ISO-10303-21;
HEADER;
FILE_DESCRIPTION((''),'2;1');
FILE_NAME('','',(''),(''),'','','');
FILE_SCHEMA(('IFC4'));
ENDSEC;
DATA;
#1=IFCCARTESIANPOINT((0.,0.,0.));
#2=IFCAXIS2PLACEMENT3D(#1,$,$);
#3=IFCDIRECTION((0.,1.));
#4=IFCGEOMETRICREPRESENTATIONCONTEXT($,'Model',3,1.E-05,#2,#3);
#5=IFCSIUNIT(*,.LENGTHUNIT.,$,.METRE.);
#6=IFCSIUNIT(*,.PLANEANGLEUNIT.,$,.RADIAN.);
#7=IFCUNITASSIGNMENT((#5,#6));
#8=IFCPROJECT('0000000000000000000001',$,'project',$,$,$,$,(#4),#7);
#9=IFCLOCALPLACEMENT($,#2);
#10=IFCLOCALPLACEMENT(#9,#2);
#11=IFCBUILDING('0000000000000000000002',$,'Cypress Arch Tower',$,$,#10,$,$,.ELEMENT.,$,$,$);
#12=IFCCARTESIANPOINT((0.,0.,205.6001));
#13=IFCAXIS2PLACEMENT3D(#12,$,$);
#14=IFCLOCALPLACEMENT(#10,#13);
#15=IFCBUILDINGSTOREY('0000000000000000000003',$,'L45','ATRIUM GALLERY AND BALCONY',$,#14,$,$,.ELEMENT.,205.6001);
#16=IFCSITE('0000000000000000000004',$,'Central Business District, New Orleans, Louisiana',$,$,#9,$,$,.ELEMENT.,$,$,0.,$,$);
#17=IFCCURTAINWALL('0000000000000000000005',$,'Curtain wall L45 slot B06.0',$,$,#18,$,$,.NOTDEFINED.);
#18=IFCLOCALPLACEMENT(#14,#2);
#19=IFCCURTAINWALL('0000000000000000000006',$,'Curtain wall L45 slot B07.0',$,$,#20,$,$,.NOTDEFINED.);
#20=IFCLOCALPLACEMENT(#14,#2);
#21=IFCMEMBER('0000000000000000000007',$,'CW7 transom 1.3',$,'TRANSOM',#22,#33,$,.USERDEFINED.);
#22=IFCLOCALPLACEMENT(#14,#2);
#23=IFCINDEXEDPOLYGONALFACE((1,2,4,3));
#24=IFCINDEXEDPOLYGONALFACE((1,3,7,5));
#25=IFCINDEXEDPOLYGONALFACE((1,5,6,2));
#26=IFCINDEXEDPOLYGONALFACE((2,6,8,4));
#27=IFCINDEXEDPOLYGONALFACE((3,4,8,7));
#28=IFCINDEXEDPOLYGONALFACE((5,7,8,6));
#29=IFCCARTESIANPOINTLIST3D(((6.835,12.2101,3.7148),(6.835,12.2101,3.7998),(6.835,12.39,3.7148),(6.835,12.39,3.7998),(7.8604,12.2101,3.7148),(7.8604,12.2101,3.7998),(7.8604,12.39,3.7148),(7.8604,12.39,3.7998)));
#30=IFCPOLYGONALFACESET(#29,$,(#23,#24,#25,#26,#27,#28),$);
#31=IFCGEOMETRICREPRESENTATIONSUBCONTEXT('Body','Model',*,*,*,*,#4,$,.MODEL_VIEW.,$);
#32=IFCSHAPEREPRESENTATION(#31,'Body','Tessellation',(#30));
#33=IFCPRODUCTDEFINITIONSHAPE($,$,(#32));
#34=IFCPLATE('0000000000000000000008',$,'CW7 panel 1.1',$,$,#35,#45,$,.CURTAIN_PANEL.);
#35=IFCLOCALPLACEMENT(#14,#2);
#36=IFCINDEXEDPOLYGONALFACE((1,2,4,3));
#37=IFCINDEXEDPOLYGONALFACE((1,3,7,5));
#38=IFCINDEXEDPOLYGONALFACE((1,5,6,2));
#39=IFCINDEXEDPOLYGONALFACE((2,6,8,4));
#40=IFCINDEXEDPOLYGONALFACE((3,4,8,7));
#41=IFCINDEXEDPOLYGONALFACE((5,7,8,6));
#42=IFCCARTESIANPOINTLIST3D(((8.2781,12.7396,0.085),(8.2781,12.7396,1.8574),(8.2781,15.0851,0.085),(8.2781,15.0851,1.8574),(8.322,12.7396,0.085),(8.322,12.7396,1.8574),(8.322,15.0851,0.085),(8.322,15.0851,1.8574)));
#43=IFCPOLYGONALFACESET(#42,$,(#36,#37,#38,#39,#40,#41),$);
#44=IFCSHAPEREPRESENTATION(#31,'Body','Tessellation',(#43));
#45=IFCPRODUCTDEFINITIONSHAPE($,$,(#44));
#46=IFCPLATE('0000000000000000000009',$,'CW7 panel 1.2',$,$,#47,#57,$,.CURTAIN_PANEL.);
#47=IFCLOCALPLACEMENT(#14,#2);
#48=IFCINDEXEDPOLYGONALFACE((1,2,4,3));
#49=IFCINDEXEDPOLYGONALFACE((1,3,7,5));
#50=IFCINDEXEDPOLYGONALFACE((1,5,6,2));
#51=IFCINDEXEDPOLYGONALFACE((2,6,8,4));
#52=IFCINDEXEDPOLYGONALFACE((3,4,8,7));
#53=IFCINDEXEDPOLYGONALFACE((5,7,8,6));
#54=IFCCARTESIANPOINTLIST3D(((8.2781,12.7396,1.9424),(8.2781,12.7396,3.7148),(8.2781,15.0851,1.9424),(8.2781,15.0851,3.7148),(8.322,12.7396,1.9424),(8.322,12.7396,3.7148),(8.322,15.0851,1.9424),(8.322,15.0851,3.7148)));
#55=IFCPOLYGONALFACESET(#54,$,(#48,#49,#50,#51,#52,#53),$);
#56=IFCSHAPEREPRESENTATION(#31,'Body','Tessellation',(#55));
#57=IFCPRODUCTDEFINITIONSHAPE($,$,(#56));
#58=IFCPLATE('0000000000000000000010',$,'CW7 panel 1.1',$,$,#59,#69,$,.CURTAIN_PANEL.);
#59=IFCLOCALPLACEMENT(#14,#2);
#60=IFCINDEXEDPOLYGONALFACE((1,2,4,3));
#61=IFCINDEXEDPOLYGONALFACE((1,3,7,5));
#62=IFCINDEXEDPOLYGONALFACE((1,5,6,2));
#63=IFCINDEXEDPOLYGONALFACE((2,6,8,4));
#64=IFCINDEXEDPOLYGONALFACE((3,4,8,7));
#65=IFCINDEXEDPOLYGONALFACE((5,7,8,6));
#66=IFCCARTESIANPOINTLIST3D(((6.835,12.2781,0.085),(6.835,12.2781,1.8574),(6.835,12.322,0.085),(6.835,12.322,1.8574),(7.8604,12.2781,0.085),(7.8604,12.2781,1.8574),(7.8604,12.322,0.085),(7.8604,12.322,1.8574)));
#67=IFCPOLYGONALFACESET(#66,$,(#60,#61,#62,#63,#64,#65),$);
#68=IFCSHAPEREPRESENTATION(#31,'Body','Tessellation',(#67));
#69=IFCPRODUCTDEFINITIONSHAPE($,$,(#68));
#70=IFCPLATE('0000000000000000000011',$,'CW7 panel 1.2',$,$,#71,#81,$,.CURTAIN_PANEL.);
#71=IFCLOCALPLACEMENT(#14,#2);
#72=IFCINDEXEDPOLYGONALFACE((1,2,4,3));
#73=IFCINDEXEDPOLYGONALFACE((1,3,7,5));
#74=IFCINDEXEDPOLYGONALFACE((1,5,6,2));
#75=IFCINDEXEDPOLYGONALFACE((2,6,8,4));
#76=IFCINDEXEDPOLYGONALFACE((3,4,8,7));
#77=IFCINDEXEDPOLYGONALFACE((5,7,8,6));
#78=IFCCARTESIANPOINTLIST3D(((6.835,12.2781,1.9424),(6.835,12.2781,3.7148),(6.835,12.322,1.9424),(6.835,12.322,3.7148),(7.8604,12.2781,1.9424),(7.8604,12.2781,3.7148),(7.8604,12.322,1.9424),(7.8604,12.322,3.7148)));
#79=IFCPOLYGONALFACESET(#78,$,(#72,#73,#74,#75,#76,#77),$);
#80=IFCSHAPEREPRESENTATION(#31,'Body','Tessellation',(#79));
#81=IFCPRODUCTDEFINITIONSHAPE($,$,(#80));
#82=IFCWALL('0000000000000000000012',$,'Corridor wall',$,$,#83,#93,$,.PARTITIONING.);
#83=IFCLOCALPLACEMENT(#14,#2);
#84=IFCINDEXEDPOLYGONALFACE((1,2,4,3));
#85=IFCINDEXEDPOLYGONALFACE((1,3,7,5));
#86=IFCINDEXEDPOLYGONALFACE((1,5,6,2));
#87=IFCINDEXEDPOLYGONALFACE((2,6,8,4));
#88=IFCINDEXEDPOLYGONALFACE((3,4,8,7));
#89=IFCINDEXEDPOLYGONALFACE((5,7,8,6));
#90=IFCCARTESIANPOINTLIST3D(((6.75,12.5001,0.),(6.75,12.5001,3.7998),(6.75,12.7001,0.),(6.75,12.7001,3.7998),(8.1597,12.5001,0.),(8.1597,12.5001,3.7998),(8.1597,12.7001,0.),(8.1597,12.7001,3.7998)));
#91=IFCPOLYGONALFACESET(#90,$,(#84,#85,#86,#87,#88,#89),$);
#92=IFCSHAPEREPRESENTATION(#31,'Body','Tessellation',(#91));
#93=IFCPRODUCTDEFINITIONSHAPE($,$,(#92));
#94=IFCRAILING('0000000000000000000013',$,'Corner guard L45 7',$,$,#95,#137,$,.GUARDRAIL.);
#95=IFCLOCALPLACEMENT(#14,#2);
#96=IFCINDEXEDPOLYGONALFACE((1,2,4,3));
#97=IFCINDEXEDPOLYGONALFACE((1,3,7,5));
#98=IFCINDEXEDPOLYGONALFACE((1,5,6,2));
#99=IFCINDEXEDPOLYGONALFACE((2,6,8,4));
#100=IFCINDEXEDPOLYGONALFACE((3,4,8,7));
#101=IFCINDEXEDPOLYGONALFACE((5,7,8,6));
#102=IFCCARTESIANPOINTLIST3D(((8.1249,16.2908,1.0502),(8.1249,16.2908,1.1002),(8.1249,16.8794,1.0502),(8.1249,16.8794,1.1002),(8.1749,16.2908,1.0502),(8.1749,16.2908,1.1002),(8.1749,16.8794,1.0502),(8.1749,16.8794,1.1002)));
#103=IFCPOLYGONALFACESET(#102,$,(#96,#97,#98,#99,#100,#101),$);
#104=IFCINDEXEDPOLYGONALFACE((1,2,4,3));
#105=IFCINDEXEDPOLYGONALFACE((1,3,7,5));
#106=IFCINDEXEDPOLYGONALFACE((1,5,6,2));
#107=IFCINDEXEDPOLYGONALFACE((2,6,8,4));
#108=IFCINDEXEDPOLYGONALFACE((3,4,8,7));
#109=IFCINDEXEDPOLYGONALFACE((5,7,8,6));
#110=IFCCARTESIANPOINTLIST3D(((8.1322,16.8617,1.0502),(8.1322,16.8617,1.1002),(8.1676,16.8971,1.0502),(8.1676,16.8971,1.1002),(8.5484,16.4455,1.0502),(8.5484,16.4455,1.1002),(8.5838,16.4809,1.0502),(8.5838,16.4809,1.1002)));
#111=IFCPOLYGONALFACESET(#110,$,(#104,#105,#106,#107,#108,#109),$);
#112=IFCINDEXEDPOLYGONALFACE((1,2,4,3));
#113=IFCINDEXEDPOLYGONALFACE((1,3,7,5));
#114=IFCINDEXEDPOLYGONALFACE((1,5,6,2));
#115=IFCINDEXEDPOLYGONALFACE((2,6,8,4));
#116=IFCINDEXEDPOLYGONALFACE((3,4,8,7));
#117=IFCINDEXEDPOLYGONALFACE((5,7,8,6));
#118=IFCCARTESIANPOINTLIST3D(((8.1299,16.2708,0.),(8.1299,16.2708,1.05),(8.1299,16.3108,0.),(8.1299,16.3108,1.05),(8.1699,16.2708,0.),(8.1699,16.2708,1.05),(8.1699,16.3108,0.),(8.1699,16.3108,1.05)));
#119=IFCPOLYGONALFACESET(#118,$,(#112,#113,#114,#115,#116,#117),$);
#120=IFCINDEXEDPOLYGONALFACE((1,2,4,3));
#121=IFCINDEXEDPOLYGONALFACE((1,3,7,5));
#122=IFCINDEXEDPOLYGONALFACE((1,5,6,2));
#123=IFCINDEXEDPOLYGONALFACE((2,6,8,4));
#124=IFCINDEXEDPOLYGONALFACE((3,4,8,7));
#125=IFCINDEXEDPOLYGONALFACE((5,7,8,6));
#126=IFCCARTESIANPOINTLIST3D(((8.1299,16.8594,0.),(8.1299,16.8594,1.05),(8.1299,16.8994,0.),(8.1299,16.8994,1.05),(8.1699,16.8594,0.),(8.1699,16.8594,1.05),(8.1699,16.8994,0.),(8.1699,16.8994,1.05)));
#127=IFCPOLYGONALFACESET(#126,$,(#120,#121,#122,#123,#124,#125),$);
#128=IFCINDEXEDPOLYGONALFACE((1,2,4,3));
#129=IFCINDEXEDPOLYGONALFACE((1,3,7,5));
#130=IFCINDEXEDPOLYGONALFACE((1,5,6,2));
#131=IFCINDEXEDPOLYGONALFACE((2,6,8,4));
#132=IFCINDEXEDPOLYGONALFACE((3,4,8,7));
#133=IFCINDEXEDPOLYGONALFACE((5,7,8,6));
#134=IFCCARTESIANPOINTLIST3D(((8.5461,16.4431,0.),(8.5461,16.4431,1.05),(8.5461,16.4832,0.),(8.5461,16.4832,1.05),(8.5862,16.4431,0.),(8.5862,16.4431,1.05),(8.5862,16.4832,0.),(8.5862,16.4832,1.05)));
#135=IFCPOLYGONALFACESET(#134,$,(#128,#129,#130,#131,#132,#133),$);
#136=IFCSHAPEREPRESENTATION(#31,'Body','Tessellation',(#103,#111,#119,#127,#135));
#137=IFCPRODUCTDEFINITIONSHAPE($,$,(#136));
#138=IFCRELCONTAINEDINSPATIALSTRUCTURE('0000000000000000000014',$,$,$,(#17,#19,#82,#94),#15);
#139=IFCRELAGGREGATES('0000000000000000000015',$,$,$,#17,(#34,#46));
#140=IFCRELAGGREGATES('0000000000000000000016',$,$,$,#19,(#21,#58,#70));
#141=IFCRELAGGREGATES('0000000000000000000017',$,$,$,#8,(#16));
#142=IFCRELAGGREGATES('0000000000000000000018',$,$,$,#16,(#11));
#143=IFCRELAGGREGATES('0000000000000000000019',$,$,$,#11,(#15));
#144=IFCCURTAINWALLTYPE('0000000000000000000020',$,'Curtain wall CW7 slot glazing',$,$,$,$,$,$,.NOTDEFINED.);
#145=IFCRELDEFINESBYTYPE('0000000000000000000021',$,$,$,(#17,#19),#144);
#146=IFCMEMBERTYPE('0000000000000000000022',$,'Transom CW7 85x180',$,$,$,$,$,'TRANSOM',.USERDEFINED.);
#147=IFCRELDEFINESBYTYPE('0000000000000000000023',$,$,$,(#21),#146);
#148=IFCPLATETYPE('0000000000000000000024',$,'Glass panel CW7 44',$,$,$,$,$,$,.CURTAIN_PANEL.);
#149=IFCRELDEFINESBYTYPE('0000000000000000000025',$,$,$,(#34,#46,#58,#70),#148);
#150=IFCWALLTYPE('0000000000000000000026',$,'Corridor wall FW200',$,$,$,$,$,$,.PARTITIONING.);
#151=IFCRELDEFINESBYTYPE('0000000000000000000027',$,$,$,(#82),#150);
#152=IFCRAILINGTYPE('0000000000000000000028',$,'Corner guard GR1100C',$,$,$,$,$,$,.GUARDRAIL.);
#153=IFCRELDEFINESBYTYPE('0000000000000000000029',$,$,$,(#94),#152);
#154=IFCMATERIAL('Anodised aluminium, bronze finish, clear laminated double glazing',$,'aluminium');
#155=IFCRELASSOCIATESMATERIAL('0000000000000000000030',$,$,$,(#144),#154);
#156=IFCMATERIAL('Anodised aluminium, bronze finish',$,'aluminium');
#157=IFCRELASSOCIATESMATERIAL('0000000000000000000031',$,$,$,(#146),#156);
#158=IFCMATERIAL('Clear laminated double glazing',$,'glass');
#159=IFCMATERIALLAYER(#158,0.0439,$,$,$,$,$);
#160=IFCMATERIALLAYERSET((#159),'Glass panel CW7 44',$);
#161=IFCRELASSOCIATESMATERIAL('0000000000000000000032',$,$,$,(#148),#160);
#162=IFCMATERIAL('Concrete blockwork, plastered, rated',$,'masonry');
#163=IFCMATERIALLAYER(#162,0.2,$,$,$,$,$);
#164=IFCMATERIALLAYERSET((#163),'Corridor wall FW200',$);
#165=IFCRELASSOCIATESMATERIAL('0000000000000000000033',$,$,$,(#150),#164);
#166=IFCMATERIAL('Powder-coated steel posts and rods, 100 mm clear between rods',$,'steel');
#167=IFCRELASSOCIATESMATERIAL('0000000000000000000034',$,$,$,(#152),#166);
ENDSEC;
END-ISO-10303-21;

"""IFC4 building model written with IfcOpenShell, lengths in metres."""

from ifc_helpers import new_model, si_unit, direction, frame, frame_2d, origin, origin_2d, place, context, subcontext, project, spatial, rectangle, extrude, material, layer, layer_set, material_profile, profile_set, type_object, element, aggregate, save


model = new_model("IFC4")

# Units and contexts
model_context = context("Model", 3, precision=1e-05, world=origin(), true_north=direction((0.0, 1.0)))
body_context = subcontext(model_context, "Body", "Model", "MODEL_VIEW")
ifc_project = project(units=[si_unit("LENGTHUNIT", "METRE"), si_unit("PLANEANGLEUNIT", "RADIAN")], contexts=[model_context])

# Site, building, storey
site_placement = place(None, origin())
site = spatial("IfcSite", under=ifc_project, at=site_placement, Name="Central Business District, New Orleans, Louisiana", CompositionType="ELEMENT", RefElevation=0.0)
building_placement = place(site_placement, origin())
building = spatial("IfcBuilding", under=site, at=building_placement, Name="Cypress Arch Tower", CompositionType="ELEMENT")
storey_placement = place(building_placement, frame((0.0, 0.0, 205.6001)))
storey = spatial("IfcBuildingStorey", under=building, at=storey_placement, Name="L45", Description="ATRIUM GALLERY AND BALCONY", CompositionType="ELEMENT", Elevation=205.6001)

# Curtain walls
ifc_material_1 = material(Name="Anodised aluminium, bronze finish, clear laminated double glazing", Category="aluminium")
curtain_wall_type = type_object("IfcCurtainWallType", Name="Curtain wall CW7 slot glazing", PredefinedType="NOTDEFINED", material=ifc_material_1)
curtain_wall_1_placement = place(storey_placement, origin())
curtain_wall_1 = element("IfcCurtainWall", 1, at=curtain_wall_1_placement, inside=storey, type_object=curtain_wall_type, Name="Curtain wall L45 slot B06.0", PredefinedType="NOTDEFINED")
curtain_wall_2_placement = place(storey_placement, origin())
curtain_wall_2 = element("IfcCurtainWall", 2, at=curtain_wall_2_placement, inside=storey, type_object=curtain_wall_type, Name="Curtain wall L45 slot B07.0", PredefinedType="NOTDEFINED")

# Member
ifc_material_2 = material(Name="Anodised aluminium, bronze finish", Category="aluminium")
ifc_material_profile_1 = material_profile(ifc_material_2, rectangle(XDim=0.1799, YDim=0.085, at=origin_2d()), Name="Transom 85x180")
ifc_profile_set_1 = profile_set([ifc_material_profile_1], Name="Anodised aluminium, bronze finish")
member_type_1 = type_object("IfcMemberType", Name="Transom CW7 85x180", ElementType="TRANSOM", PredefinedType="USERDEFINED", material=ifc_profile_set_1)
member_1_placement = place(storey_placement, frame((7.8604, 12.3, 3.7573), z_axis=(-1.0, 0.0, 0.0), x_axis=(0.0, -1.0, 0.0)))
member_1 = element("IfcMember", 3, at=member_1_placement, type_object=member_type_1, Name="CW7 transom 1.3", ObjectType="TRANSOM", PredefinedType="USERDEFINED", context=body_context, shape_type="SweptSolid", body=[
    extrude(rectangle(XDim=0.1799, YDim=0.085, at=origin_2d()), origin(), (0.0, 0.0, 1.0), 1.0254),
])

# Plates
ifc_material_3 = material(Name="Clear laminated double glazing", Category="glass")
ifc_layer_1 = layer(ifc_material_3, 0.0439)
ifc_layer_set_1 = layer_set([ifc_layer_1], Name="Glass panel CW7 44")
plate_type = type_object("IfcPlateType", Name="Glass panel CW7 44", PredefinedType="CURTAIN_PANEL", material=ifc_layer_set_1)
plate_1_placement = place(storey_placement, frame((8.3, 13.9124, 0.085), z_axis=(0.0, 0.0, 1.0), x_axis=(0.0, -1.0, 0.0)))
plate_1 = element("IfcPlate", 4, at=plate_1_placement, type_object=plate_type, Name="CW7 panel 1.1", PredefinedType="CURTAIN_PANEL", context=body_context, shape_type="SweptSolid", body=[
    extrude(rectangle(XDim=2.3455, YDim=0.0439, at=origin_2d()), origin(), (0.0, 0.0, 1.0), 1.7725),
])
plate_2_placement = place(storey_placement, frame((8.3, 13.9124, 1.9424), z_axis=(0.0, 0.0, 1.0), x_axis=(0.0, -1.0, 0.0)))
plate_2 = element("IfcPlate", 5, at=plate_2_placement, type_object=plate_type, Name="CW7 panel 1.2", PredefinedType="CURTAIN_PANEL", context=body_context, shape_type="SweptSolid", body=[
    extrude(rectangle(XDim=2.3455, YDim=0.0439, at=origin_2d()), origin(), (0.0, 0.0, 1.0), 1.7725),
])
aggregate(curtain_wall_1, [plate_1, plate_2])
plate_3_placement = place(storey_placement, frame((7.3477, 12.3, 0.085), z_axis=(0.0, 0.0, 1.0), x_axis=(-1.0, 0.0, 0.0)))
plate_3 = element("IfcPlate", 6, at=plate_3_placement, type_object=plate_type, Name="CW7 panel 1.1", PredefinedType="CURTAIN_PANEL", context=body_context, shape_type="SweptSolid", body=[
    extrude(rectangle(XDim=1.0254, YDim=0.0439, at=origin_2d()), origin(), (0.0, 0.0, 1.0), 1.7725),
])
plate_4_placement = place(storey_placement, frame((7.3477, 12.3, 1.9424), z_axis=(0.0, 0.0, 1.0), x_axis=(-1.0, 0.0, 0.0)))
plate_4 = element("IfcPlate", 7, at=plate_4_placement, type_object=plate_type, Name="CW7 panel 1.2", PredefinedType="CURTAIN_PANEL", context=body_context, shape_type="SweptSolid", body=[
    extrude(rectangle(XDim=1.0254, YDim=0.0439, at=origin_2d()), origin(), (0.0, 0.0, 1.0), 1.7725),
])
aggregate(curtain_wall_2, [member_1, plate_3, plate_4])

# Wall
ifc_material_4 = material(Name="Concrete blockwork, plastered, rated", Category="masonry")
ifc_layer_2 = layer(ifc_material_4, 0.2)
ifc_layer_set_2 = layer_set([ifc_layer_2], Name="Corridor wall FW200")
wall_type = type_object("IfcWallType", Name="Corridor wall FW200", PredefinedType="PARTITIONING", material=ifc_layer_set_2)
wall_placement = place(storey_placement, frame((6.75, 12.6001, 0.0), z_axis=(0.0, 0.0, 1.0), x_axis=(1.0, 0.0, 0.0)))
element("IfcWall", 8, at=wall_placement, inside=storey, type_object=wall_type, Name="Corridor wall", PredefinedType="PARTITIONING", context=body_context, shape_type="SweptSolid", body=[
    extrude(rectangle(XDim=1.4097, YDim=0.2, at=frame_2d((0.7048, 0.0))), origin(), (0.0, 0.0, 1.0), 3.7998),
])

# Railing
ifc_material_5 = material(Name="Powder-coated steel posts and rods, 100 mm clear between rods", Category="steel")
railing_type = type_object("IfcRailingType", Name="Corner guard GR1100C", PredefinedType="GUARDRAIL", material=ifc_material_5)
railing_placement = place(storey_placement, frame((8.1499, 16.2908, 0.0)))
element("IfcRailing", 9, at=railing_placement, inside=storey, type_object=railing_type, Name="Corner guard L45 7", PredefinedType="GUARDRAIL", context=body_context, shape_type="SweptSolid", body=[
    extrude(rectangle(XDim=0.05, YDim=0.05, at=origin_2d()), frame((0.0, 0.0, 1.0752), z_axis=(0.0, 1.0, 0.0), x_axis=(-1.0, 0.0, 0.0)), (0.0, 0.0, 1.0), 0.5886),
    extrude(rectangle(XDim=0.05, YDim=0.05, at=origin_2d()), frame((0.0, 0.5886, 1.0752), z_axis=(0.707107, -0.707107, 0.0), x_axis=(0.707107, 0.707107, 0.0)), (0.0, 0.0, 1.0), 0.5886),
    extrude(rectangle(XDim=0.04, YDim=0.04, at=origin_2d()), origin(), (0.0, 0.0, 1.0), 1.05),
    extrude(rectangle(XDim=0.04, YDim=0.04, at=origin_2d()), frame((0.0, 0.5886, 0.0)), (0.0, 0.0, 1.0), 1.05),
    extrude(rectangle(XDim=0.04, YDim=0.04, at=origin_2d()), frame((0.4163, 0.1724, 0.0)), (0.0, 0.0, 1.0), 1.05),
])

save(model, "model.ifc")
